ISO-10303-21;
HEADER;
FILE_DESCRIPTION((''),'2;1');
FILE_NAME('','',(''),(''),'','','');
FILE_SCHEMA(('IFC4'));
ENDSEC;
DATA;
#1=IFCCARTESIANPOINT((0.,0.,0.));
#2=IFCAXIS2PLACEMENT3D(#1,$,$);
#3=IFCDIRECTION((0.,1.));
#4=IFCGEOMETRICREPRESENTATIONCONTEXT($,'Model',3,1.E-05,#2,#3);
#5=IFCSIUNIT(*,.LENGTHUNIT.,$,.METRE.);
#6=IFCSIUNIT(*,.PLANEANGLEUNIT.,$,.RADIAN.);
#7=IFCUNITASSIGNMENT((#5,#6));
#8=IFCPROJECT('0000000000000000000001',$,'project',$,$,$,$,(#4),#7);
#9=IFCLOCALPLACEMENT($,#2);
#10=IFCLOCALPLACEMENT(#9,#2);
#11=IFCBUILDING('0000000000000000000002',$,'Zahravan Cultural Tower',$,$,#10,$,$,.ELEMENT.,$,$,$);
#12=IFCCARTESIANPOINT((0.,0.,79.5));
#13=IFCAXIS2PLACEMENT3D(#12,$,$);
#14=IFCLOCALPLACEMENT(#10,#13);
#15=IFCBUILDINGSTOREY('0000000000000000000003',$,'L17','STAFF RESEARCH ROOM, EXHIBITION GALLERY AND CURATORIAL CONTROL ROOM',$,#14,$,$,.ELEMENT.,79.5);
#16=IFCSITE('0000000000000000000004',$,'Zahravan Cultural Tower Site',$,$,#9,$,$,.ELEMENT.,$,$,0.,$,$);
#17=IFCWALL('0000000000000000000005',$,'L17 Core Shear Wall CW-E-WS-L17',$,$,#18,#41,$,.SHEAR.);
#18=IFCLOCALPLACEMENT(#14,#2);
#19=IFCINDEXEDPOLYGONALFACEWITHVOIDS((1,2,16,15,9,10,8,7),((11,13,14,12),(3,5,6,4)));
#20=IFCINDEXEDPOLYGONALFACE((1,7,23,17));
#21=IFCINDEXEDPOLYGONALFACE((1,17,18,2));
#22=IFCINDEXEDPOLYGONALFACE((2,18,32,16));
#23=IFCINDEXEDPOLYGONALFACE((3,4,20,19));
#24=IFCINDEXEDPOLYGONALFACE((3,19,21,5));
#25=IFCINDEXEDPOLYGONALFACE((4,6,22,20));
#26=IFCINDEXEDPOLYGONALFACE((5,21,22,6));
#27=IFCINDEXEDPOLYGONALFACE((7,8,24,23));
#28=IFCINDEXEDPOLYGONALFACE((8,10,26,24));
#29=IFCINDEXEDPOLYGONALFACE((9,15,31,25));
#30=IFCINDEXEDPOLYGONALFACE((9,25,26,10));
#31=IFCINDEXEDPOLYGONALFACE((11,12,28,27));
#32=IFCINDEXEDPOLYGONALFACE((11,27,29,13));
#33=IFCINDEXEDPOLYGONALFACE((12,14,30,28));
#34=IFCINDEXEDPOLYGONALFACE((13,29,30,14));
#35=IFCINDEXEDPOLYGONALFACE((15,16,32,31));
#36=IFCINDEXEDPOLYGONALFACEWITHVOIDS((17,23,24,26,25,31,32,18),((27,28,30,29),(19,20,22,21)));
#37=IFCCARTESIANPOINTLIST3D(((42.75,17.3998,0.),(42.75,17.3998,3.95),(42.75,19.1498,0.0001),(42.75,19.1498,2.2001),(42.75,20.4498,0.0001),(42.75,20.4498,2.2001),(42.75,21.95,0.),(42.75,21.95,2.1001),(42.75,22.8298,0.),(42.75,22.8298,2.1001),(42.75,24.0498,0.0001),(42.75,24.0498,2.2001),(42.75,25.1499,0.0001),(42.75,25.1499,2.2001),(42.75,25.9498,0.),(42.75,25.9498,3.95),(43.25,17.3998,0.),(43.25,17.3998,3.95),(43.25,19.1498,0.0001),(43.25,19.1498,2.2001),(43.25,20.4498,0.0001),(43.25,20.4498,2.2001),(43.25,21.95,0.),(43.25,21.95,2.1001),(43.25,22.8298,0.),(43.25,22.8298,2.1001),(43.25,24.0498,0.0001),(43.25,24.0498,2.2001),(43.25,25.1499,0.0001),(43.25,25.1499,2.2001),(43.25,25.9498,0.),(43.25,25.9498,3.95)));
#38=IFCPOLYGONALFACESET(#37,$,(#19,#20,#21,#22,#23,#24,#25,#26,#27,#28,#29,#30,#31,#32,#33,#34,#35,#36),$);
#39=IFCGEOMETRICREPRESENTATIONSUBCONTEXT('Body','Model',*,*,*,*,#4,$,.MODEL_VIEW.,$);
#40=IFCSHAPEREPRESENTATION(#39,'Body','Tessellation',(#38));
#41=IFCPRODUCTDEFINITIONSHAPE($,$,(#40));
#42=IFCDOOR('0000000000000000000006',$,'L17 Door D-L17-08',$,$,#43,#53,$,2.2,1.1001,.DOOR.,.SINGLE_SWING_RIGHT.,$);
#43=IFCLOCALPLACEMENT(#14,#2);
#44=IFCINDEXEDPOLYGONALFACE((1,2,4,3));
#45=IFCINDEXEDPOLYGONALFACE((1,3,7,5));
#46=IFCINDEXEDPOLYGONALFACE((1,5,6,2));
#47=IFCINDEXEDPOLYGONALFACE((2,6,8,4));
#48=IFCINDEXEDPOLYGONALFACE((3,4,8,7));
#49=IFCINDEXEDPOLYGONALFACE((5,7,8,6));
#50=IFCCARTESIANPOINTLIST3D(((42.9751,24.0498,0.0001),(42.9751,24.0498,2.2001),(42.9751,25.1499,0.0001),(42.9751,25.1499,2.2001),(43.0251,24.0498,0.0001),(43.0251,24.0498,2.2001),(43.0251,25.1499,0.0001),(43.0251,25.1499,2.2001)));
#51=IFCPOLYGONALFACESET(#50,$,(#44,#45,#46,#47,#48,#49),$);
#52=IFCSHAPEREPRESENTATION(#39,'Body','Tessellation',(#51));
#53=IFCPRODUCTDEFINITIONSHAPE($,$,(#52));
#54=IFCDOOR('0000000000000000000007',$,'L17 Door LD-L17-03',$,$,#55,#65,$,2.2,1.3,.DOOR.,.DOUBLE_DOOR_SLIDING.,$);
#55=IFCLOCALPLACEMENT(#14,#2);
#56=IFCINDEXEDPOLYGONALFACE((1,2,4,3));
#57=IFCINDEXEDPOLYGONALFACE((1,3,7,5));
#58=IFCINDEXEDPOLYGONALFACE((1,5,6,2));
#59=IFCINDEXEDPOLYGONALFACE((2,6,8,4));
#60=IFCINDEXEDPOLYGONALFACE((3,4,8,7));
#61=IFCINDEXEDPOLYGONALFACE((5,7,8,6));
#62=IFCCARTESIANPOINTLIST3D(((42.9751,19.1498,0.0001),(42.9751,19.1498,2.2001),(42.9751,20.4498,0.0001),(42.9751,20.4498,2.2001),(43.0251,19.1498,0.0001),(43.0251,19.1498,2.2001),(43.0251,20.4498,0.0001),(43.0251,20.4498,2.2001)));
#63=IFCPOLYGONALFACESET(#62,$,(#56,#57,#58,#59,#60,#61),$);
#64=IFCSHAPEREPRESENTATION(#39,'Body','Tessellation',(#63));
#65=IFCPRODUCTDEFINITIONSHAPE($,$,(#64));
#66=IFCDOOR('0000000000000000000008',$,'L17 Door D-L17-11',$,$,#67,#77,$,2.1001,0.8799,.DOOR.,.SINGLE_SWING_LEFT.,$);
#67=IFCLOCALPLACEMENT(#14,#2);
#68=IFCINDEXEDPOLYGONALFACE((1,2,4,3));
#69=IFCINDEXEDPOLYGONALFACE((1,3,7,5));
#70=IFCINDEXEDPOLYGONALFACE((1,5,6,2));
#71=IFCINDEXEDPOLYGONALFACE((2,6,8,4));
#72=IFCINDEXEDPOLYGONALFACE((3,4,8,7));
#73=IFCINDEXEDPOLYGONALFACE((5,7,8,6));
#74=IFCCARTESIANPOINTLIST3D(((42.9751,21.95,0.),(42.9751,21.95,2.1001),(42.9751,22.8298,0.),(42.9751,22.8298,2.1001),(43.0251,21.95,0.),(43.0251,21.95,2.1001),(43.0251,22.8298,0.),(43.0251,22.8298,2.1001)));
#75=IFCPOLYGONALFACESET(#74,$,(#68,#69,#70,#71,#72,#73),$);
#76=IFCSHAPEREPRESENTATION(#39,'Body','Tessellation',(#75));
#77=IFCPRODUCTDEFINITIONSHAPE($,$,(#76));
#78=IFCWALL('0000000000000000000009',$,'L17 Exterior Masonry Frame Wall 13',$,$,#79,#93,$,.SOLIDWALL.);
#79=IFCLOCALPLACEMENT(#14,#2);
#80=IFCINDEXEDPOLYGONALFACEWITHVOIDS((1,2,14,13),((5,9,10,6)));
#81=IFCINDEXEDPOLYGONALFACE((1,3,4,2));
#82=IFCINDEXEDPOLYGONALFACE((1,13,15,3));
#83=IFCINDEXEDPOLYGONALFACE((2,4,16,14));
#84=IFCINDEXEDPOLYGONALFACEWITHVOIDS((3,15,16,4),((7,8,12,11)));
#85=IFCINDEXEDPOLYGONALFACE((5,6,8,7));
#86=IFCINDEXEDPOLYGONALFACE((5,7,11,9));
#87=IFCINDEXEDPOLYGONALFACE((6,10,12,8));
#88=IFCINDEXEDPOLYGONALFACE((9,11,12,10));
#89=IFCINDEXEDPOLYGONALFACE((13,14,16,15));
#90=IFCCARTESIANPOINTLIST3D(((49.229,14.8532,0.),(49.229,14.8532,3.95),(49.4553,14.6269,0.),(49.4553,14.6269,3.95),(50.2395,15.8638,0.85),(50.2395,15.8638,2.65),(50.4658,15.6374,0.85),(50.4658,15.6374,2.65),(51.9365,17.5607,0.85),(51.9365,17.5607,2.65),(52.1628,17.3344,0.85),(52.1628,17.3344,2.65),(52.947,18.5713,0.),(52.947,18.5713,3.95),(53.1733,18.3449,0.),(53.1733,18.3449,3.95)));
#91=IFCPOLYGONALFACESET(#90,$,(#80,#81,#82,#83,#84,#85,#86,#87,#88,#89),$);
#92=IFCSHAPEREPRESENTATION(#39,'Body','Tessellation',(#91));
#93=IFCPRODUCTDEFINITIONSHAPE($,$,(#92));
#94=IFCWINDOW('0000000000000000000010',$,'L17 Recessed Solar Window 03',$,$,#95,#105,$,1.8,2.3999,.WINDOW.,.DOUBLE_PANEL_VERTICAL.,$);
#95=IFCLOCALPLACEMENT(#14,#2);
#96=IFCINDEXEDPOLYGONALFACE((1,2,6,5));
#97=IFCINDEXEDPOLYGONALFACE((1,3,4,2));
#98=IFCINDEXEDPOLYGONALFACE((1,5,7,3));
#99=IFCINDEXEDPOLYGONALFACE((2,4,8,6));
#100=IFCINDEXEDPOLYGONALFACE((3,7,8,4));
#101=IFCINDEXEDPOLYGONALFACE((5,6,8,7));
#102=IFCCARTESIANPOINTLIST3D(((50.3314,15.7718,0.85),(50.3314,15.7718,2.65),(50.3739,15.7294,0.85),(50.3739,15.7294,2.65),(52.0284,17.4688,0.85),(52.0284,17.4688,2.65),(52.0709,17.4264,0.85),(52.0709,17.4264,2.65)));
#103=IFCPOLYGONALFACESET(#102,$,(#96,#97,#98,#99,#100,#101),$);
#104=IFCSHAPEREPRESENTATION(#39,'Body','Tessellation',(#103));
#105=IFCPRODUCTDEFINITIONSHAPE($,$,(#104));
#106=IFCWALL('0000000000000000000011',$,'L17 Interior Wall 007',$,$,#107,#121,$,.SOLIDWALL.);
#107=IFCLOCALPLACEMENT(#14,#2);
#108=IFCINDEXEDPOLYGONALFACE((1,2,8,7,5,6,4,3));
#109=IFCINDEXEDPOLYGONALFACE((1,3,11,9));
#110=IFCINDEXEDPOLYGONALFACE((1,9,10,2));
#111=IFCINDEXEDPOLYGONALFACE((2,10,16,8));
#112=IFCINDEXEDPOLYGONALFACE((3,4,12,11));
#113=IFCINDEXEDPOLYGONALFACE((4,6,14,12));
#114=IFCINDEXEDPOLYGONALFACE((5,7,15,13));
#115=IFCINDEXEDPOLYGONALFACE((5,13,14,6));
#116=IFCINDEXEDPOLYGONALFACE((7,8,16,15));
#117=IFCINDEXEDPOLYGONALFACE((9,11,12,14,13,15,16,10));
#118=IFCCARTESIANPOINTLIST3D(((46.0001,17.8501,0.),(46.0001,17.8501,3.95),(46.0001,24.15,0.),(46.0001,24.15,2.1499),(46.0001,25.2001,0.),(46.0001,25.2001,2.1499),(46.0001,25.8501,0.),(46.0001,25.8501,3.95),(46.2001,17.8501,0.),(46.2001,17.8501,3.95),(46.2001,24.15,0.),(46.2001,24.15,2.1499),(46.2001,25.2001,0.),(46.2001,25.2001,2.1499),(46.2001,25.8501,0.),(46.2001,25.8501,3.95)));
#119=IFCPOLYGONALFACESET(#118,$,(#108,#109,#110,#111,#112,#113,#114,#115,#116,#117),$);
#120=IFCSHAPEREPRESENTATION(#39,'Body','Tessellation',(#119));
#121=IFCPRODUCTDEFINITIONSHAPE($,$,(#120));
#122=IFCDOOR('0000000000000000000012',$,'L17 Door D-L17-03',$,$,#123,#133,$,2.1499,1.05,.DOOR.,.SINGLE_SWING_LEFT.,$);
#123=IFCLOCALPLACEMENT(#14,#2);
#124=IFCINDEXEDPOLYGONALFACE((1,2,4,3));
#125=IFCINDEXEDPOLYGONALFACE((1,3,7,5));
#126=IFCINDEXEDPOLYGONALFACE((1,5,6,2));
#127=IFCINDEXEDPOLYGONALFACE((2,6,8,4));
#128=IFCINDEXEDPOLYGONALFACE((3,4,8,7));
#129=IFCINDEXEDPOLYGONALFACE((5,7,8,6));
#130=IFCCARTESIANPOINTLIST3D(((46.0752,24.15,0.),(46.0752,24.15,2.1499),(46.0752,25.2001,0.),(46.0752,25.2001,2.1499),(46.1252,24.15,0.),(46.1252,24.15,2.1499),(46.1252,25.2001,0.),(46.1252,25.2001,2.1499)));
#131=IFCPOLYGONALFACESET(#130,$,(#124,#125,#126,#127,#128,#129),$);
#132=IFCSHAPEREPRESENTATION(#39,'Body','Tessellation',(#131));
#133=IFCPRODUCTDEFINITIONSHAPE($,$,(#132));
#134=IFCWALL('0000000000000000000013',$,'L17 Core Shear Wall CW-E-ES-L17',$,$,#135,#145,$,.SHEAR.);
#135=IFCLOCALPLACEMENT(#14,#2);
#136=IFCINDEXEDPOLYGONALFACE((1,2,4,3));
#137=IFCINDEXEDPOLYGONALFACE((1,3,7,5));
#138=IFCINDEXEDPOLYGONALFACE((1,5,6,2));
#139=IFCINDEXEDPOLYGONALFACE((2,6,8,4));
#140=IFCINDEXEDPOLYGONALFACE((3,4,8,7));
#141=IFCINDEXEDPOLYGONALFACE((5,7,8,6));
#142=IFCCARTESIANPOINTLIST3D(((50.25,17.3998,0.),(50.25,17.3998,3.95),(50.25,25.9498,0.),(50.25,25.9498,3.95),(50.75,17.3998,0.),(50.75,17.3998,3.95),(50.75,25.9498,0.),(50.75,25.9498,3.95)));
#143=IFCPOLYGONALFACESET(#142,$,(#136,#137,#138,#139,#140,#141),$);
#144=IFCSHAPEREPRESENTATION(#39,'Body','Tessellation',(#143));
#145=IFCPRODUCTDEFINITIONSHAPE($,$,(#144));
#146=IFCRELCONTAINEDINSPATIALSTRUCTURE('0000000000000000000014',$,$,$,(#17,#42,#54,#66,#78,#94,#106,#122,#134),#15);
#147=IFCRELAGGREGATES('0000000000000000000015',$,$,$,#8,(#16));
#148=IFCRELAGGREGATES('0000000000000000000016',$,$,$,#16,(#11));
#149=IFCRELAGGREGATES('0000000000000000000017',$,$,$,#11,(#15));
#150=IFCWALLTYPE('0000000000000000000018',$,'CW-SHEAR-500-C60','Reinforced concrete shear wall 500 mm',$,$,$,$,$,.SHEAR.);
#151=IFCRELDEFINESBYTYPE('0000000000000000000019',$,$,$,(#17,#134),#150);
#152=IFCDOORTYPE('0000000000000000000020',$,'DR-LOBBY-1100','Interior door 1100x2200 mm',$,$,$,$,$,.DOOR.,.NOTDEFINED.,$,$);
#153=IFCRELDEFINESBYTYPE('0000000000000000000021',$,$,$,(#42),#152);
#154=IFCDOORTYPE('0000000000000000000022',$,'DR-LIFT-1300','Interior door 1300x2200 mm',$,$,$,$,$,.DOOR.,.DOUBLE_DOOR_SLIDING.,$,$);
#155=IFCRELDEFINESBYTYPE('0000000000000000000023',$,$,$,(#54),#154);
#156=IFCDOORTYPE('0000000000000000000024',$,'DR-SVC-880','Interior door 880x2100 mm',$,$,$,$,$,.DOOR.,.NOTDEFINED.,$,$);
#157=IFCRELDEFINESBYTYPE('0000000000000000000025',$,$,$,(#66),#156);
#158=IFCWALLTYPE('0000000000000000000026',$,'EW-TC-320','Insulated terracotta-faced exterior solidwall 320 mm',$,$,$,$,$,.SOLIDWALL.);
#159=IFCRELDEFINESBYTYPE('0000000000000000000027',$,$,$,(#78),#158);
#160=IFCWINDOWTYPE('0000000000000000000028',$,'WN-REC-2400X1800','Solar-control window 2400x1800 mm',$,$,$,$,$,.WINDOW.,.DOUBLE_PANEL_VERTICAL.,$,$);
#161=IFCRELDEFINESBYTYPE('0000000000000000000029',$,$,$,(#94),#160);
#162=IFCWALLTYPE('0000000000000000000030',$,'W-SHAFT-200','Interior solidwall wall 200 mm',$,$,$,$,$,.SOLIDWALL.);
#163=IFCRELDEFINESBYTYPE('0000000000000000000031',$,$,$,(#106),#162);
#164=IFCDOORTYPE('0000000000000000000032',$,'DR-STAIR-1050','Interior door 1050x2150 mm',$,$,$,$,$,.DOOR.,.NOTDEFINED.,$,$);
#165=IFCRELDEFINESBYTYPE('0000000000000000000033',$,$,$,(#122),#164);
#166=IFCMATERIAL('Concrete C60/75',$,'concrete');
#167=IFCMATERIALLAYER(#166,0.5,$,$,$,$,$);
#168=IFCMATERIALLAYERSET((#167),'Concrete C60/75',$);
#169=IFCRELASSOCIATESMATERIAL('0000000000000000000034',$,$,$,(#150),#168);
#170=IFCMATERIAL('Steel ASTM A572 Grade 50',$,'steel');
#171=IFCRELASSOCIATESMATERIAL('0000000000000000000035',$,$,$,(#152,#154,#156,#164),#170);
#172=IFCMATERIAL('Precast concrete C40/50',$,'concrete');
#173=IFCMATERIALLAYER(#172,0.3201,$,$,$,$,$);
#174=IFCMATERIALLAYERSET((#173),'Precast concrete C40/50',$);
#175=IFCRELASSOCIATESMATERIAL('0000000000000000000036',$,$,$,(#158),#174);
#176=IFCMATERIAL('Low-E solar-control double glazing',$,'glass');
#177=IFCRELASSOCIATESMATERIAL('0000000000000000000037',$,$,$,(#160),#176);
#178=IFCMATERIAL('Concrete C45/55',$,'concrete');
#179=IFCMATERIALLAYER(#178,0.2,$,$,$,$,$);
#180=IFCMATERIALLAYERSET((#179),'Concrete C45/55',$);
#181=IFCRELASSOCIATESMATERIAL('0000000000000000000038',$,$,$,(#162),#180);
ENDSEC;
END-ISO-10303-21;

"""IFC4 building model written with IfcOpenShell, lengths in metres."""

from ifc_helpers import new_model, si_unit, direction, frame, frame_2d, origin, place, context, subcontext, project, spatial, rectangle, extrude, source, transform, mapped, material, layer, layer_set, type_object, element, fill, save


model = new_model("IFC4")

# Units and contexts
model_context = context("Model", 3, precision=1e-05, world=origin(), true_north=direction((0.0, 1.0)))
body_context = subcontext(model_context, "Body", "Model", "MODEL_VIEW")
ifc_project = project(units=[si_unit("LENGTHUNIT", "METRE"), si_unit("PLANEANGLEUNIT", "RADIAN")], contexts=[model_context])

# Site, building, storey
site_placement = place(None, origin())
site = spatial("IfcSite", under=ifc_project, at=site_placement, Name="Zahravan Cultural Tower Site", CompositionType="ELEMENT", RefElevation=0.0)
building_placement = place(site_placement, origin())
building = spatial("IfcBuilding", under=site, at=building_placement, Name="Zahravan Cultural Tower", CompositionType="ELEMENT")
storey_placement = place(building_placement, frame((0.0, 0.0, 79.5)))
storey = spatial("IfcBuildingStorey", under=building, at=storey_placement, Name="L17", Description="STAFF RESEARCH ROOM, EXHIBITION GALLERY AND CURATORIAL CONTROL ROOM", CompositionType="ELEMENT", Elevation=79.5)

# Shared definitions
ifc_material_1 = material(Name="Concrete C60/75", Category="concrete")

# Wall, openings, doors
ifc_layer_1 = layer(ifc_material_1, 0.5)
ifc_layer_set_1 = layer_set([ifc_layer_1], Name="Concrete C60/75")
wall_type_1 = type_object("IfcWallType", Name="CW-SHEAR-500-C60", Description="Reinforced concrete shear wall 500 mm", PredefinedType="SHEAR", material=ifc_layer_set_1)
wall_1_placement = place(storey_placement, frame((43.0, 17.3999, 0.0), z_axis=(0.0, 0.0, 1.0), x_axis=(0.0, 1.0, 0.0)))
wall_1 = element("IfcWall", 1, at=wall_1_placement, inside=storey, type_object=wall_type_1, Name="L17 Core Shear Wall CW-E-WS-L17", PredefinedType="SHEAR", context=body_context, shape_type="SweptSolid", body=[
    extrude(rectangle(XDim=8.55, YDim=0.5, at=frame_2d((4.2749, 0.0))), origin(), (0.0, 0.0, 1.0), 3.95),
])
opening_1_placement = place(wall_1_placement, frame((6.6499, 0.0, 0.0)))
opening_1 = element("IfcOpeningElement", 2, at=opening_1_placement, cuts=wall_1, PredefinedType="OPENING", context=body_context, shape_type="SweptSolid", body=[
    extrude(rectangle(XDim=1.1001, YDim=2.2, at=frame_2d((0.55, 1.1001))), frame((0.0, 0.26, 0.0), z_axis=(0.0, -1.0, 0.0), x_axis=(1.0, 0.0, 0.0)), (0.0, 0.0, 1.0), 0.52),
])
opening_2_placement = place(wall_1_placement, frame((1.75, 0.0, 0.0)))
opening_2 = element("IfcOpeningElement", 3, at=opening_2_placement, cuts=wall_1, PredefinedType="OPENING", context=body_context, shape_type="SweptSolid", body=[
    extrude(rectangle(XDim=1.3, YDim=2.2, at=frame_2d((0.6499, 1.1001))), frame((0.0, 0.26, 0.0), z_axis=(0.0, -1.0, 0.0), x_axis=(1.0, 0.0, 0.0)), (0.0, 0.0, 1.0), 0.52),
])
opening_3_placement = place(wall_1_placement, frame((4.55, 0.0, 0.0)))
opening_3 = element("IfcOpeningElement", 4, at=opening_3_placement, cuts=wall_1, PredefinedType="OPENING", context=body_context, shape_type="SweptSolid", body=[
    extrude(rectangle(XDim=0.8799, YDim=2.1001, at=frame_2d((0.4399, 1.05))), frame((0.0, 0.26, 0.0), z_axis=(0.0, -1.0, 0.0), x_axis=(1.0, 0.0, 0.0)), (0.0, 0.0, 1.0), 0.52),
])
ifc_material_2 = material(Name="Steel ASTM A572 Grade 50", Category="steel")
door_type_1 = type_object("IfcDoorType", Name="DR-LOBBY-1100", Description="Interior door 1100x2200 mm", OperationType="NOTDEFINED", PredefinedType="DOOR", material=ifc_material_2)
shared_shape_1 = source(origin(), body_context, "Body", "SweptSolid", [
    extrude(rectangle(XDim=1.1001, YDim=2.2, at=frame_2d((0.55, 1.1001))), frame((0.0, 0.0249, 0.0), z_axis=(0.0, -1.0, 0.0), x_axis=(1.0, 0.0, 0.0)), (0.0, 0.0, 1.0), 0.05),
])
door_1_placement = place(opening_1_placement, origin())
door_1 = element("IfcDoor", 5, at=door_1_placement, inside=storey, type_object=door_type_1, Name="L17 Door D-L17-08", OperationType="SINGLE_SWING_RIGHT", OverallHeight=2.2, OverallWidth=1.1001, PredefinedType="DOOR", context=body_context, shape_type="MappedRepresentation", body=[
    mapped(shared_shape_1, transform((0.0, 0.0, 0.0), x_axis=(1.0, 0.0, 0.0), y_axis=(0.0, 1.0, 0.0), z_axis=(0.0, 0.0, 1.0), scale=1.0)),
])
fill(opening_1, door_1)
door_type_2 = type_object("IfcDoorType", Name="DR-LIFT-1300", Description="Interior door 1300x2200 mm", OperationType="DOUBLE_DOOR_SLIDING", PredefinedType="DOOR", material=ifc_material_2)
shared_shape_2 = source(origin(), body_context, "Body", "SweptSolid", [
    extrude(rectangle(XDim=1.3, YDim=2.2, at=frame_2d((0.6499, 1.1001))), frame((0.0, 0.0249, 0.0), z_axis=(0.0, -1.0, 0.0), x_axis=(1.0, 0.0, 0.0)), (0.0, 0.0, 1.0), 0.05),
])
door_2_placement = place(opening_2_placement, origin())
door_2 = element("IfcDoor", 6, at=door_2_placement, inside=storey, type_object=door_type_2, Name="L17 Door LD-L17-03", OperationType="DOUBLE_DOOR_SLIDING", OverallHeight=2.2, OverallWidth=1.3, PredefinedType="DOOR", context=body_context, shape_type="MappedRepresentation", body=[
    mapped(shared_shape_2, transform((0.0, 0.0, 0.0), x_axis=(1.0, 0.0, 0.0), y_axis=(0.0, 1.0, 0.0), z_axis=(0.0, 0.0, 1.0), scale=1.0)),
])
fill(opening_2, door_2)
door_type_3 = type_object("IfcDoorType", Name="DR-SVC-880", Description="Interior door 880x2100 mm", OperationType="NOTDEFINED", PredefinedType="DOOR", material=ifc_material_2)
shared_shape_3 = source(origin(), body_context, "Body", "SweptSolid", [
    extrude(rectangle(XDim=0.8799, YDim=2.1001, at=frame_2d((0.4399, 1.05))), frame((0.0, 0.0249, 0.0), z_axis=(0.0, -1.0, 0.0), x_axis=(1.0, 0.0, 0.0)), (0.0, 0.0, 1.0), 0.05),
])
door_3_placement = place(opening_3_placement, origin())
door_3 = element("IfcDoor", 7, at=door_3_placement, inside=storey, type_object=door_type_3, Name="L17 Door D-L17-11", OperationType="SINGLE_SWING_LEFT", OverallHeight=2.1001, OverallWidth=0.8799, PredefinedType="DOOR", context=body_context, shape_type="MappedRepresentation", body=[
    mapped(shared_shape_3, transform((0.0, 0.0, 0.0), x_axis=(1.0, 0.0, 0.0), y_axis=(0.0, 1.0, 0.0), z_axis=(0.0, 0.0, 1.0), scale=1.0)),
])
fill(opening_3, door_3)

# Wall, opening, window
ifc_material_3 = material(Name="Precast concrete C40/50", Category="concrete")
ifc_layer_2 = layer(ifc_material_3, 0.3201)
ifc_layer_set_2 = layer_set([ifc_layer_2], Name="Precast concrete C40/50")
wall_type_2 = type_object("IfcWallType", Name="EW-TC-320", Description="Insulated terracotta-faced exterior solidwall 320 mm", PredefinedType="SOLIDWALL", material=ifc_layer_set_2)
wall_2_placement = place(storey_placement, frame((53.0601, 18.458, 0.0), z_axis=(0.0, 0.0, 1.0), x_axis=(-0.707107, -0.707107, 0.0)))
wall_2 = element("IfcWall", 8, at=wall_2_placement, inside=storey, type_object=wall_type_2, Name="L17 Exterior Masonry Frame Wall 13", PredefinedType="SOLIDWALL", context=body_context, shape_type="SweptSolid", body=[
    extrude(rectangle(XDim=5.2581, YDim=0.3201, at=frame_2d((2.6289, 0.0))), origin(), (0.0, 0.0, 1.0), 3.95),
])
opening_4_placement = place(wall_2_placement, frame((1.429, 0.0, 0.8501)))
opening_4 = element("IfcOpeningElement", 9, at=opening_4_placement, cuts=wall_2, PredefinedType="OPENING", context=body_context, shape_type="SweptSolid", body=[
    extrude(rectangle(XDim=2.3999, YDim=1.8, at=frame_2d((1.2, 0.8999))), frame((0.0, 0.1699, 0.0), z_axis=(0.0, -1.0, 0.0), x_axis=(1.0, 0.0, 0.0)), (0.0, 0.0, 1.0), 0.3401),
])
ifc_material_4 = material(Name="Low-E solar-control double glazing", Category="glass")
window_type = type_object("IfcWindowType", Name="WN-REC-2400X1800", Description="Solar-control window 2400x1800 mm", PartitioningType="DOUBLE_PANEL_VERTICAL", PredefinedType="WINDOW", material=ifc_material_4)
shared_shape_4 = source(origin(), body_context, "Body", "SweptSolid", [
    extrude(rectangle(XDim=2.3999, YDim=1.8, at=frame_2d((1.2, 0.8999))), frame((0.0, 0.03, 0.0), z_axis=(0.0, -1.0, 0.0), x_axis=(1.0, 0.0, 0.0)), (0.0, 0.0, 1.0), 0.0601),
])
window_placement = place(opening_4_placement, origin())
window = element("IfcWindow", 10, at=window_placement, inside=storey, type_object=window_type, Name="L17 Recessed Solar Window 03", OverallHeight=1.8, OverallWidth=2.3999, PartitioningType="DOUBLE_PANEL_VERTICAL", PredefinedType="WINDOW", context=body_context, shape_type="MappedRepresentation", body=[
    mapped(shared_shape_4, transform((0.0, 0.0, 0.0), x_axis=(1.0, 0.0, 0.0), y_axis=(0.0, 1.0, 0.0), z_axis=(0.0, 0.0, 1.0), scale=1.0)),
])
fill(opening_4, window)

# Wall, opening, door
ifc_material_5 = material(Name="Concrete C45/55", Category="concrete")
ifc_layer_3 = layer(ifc_material_5, 0.2)
ifc_layer_set_3 = layer_set([ifc_layer_3], Name="Concrete C45/55")
wall_type_3 = type_object("IfcWallType", Name="W-SHAFT-200", Description="Interior solidwall wall 200 mm", PredefinedType="SOLIDWALL", material=ifc_layer_set_3)
wall_3_placement = place(storey_placement, frame((46.1001, 17.8501, 0.0), z_axis=(0.0, 0.0, 1.0), x_axis=(0.0, 1.0, 0.0)))
wall_3 = element("IfcWall", 11, at=wall_3_placement, inside=storey, type_object=wall_type_3, Name="L17 Interior Wall 007", PredefinedType="SOLIDWALL", context=body_context, shape_type="SweptSolid", body=[
    extrude(rectangle(XDim=8.0, YDim=0.2, at=frame_2d((4.0, 0.0))), origin(), (0.0, 0.0, 1.0), 3.95),
])
opening_5_placement = place(wall_3_placement, frame((6.3, 0.0, 0.0)))
opening_5 = element("IfcOpeningElement", 12, at=opening_5_placement, cuts=wall_3, PredefinedType="OPENING", context=body_context, shape_type="SweptSolid", body=[
    extrude(rectangle(XDim=1.05, YDim=2.1499, at=frame_2d((0.5249, 1.075))), frame((0.0, 0.1099, 0.0), z_axis=(0.0, -1.0, 0.0), x_axis=(1.0, 0.0, 0.0)), (0.0, 0.0, 1.0), 0.22),
])
door_type_4 = type_object("IfcDoorType", Name="DR-STAIR-1050", Description="Interior door 1050x2150 mm", OperationType="NOTDEFINED", PredefinedType="DOOR", material=ifc_material_2)
shared_shape_5 = source(origin(), body_context, "Body", "SweptSolid", [
    extrude(rectangle(XDim=1.05, YDim=2.1499, at=frame_2d((0.5249, 1.075))), frame((0.0, 0.0249, 0.0), z_axis=(0.0, -1.0, 0.0), x_axis=(1.0, 0.0, 0.0)), (0.0, 0.0, 1.0), 0.05),
])
door_4_placement = place(opening_5_placement, origin())
door_4 = element("IfcDoor", 13, at=door_4_placement, inside=storey, type_object=door_type_4, Name="L17 Door D-L17-03", OperationType="SINGLE_SWING_LEFT", OverallHeight=2.1499, OverallWidth=1.05, PredefinedType="DOOR", context=body_context, shape_type="MappedRepresentation", body=[
    mapped(shared_shape_5, transform((0.0, 0.0, 0.0), x_axis=(1.0, 0.0, 0.0), y_axis=(0.0, 1.0, 0.0), z_axis=(0.0, 0.0, 1.0), scale=1.0)),
])
fill(opening_5, door_4)

# Wall
shared_shape_6 = source(origin(), body_context, "Body", "SweptSolid", [
    extrude(rectangle(XDim=8.55, YDim=0.5, at=frame_2d((4.2749, 0.0))), origin(), (0.0, 0.0, 1.0), 3.95),
])
wall_4_placement = place(storey_placement, frame((50.5, 17.3999, 0.0), z_axis=(0.0, 0.0, 1.0), x_axis=(0.0, 1.0, 0.0)))
element("IfcWall", 14, at=wall_4_placement, inside=storey, type_object=wall_type_1, Name="L17 Core Shear Wall CW-E-ES-L17", PredefinedType="SHEAR", context=body_context, shape_type="MappedRepresentation", body=[
    mapped(shared_shape_6, transform((0.0, 0.0, 0.0), x_axis=(1.0, 0.0, 0.0), y_axis=(0.0, 1.0, 0.0), z_axis=(0.0, 0.0, 1.0), scale=1.0)),
])

save(model, "model.ifc")
